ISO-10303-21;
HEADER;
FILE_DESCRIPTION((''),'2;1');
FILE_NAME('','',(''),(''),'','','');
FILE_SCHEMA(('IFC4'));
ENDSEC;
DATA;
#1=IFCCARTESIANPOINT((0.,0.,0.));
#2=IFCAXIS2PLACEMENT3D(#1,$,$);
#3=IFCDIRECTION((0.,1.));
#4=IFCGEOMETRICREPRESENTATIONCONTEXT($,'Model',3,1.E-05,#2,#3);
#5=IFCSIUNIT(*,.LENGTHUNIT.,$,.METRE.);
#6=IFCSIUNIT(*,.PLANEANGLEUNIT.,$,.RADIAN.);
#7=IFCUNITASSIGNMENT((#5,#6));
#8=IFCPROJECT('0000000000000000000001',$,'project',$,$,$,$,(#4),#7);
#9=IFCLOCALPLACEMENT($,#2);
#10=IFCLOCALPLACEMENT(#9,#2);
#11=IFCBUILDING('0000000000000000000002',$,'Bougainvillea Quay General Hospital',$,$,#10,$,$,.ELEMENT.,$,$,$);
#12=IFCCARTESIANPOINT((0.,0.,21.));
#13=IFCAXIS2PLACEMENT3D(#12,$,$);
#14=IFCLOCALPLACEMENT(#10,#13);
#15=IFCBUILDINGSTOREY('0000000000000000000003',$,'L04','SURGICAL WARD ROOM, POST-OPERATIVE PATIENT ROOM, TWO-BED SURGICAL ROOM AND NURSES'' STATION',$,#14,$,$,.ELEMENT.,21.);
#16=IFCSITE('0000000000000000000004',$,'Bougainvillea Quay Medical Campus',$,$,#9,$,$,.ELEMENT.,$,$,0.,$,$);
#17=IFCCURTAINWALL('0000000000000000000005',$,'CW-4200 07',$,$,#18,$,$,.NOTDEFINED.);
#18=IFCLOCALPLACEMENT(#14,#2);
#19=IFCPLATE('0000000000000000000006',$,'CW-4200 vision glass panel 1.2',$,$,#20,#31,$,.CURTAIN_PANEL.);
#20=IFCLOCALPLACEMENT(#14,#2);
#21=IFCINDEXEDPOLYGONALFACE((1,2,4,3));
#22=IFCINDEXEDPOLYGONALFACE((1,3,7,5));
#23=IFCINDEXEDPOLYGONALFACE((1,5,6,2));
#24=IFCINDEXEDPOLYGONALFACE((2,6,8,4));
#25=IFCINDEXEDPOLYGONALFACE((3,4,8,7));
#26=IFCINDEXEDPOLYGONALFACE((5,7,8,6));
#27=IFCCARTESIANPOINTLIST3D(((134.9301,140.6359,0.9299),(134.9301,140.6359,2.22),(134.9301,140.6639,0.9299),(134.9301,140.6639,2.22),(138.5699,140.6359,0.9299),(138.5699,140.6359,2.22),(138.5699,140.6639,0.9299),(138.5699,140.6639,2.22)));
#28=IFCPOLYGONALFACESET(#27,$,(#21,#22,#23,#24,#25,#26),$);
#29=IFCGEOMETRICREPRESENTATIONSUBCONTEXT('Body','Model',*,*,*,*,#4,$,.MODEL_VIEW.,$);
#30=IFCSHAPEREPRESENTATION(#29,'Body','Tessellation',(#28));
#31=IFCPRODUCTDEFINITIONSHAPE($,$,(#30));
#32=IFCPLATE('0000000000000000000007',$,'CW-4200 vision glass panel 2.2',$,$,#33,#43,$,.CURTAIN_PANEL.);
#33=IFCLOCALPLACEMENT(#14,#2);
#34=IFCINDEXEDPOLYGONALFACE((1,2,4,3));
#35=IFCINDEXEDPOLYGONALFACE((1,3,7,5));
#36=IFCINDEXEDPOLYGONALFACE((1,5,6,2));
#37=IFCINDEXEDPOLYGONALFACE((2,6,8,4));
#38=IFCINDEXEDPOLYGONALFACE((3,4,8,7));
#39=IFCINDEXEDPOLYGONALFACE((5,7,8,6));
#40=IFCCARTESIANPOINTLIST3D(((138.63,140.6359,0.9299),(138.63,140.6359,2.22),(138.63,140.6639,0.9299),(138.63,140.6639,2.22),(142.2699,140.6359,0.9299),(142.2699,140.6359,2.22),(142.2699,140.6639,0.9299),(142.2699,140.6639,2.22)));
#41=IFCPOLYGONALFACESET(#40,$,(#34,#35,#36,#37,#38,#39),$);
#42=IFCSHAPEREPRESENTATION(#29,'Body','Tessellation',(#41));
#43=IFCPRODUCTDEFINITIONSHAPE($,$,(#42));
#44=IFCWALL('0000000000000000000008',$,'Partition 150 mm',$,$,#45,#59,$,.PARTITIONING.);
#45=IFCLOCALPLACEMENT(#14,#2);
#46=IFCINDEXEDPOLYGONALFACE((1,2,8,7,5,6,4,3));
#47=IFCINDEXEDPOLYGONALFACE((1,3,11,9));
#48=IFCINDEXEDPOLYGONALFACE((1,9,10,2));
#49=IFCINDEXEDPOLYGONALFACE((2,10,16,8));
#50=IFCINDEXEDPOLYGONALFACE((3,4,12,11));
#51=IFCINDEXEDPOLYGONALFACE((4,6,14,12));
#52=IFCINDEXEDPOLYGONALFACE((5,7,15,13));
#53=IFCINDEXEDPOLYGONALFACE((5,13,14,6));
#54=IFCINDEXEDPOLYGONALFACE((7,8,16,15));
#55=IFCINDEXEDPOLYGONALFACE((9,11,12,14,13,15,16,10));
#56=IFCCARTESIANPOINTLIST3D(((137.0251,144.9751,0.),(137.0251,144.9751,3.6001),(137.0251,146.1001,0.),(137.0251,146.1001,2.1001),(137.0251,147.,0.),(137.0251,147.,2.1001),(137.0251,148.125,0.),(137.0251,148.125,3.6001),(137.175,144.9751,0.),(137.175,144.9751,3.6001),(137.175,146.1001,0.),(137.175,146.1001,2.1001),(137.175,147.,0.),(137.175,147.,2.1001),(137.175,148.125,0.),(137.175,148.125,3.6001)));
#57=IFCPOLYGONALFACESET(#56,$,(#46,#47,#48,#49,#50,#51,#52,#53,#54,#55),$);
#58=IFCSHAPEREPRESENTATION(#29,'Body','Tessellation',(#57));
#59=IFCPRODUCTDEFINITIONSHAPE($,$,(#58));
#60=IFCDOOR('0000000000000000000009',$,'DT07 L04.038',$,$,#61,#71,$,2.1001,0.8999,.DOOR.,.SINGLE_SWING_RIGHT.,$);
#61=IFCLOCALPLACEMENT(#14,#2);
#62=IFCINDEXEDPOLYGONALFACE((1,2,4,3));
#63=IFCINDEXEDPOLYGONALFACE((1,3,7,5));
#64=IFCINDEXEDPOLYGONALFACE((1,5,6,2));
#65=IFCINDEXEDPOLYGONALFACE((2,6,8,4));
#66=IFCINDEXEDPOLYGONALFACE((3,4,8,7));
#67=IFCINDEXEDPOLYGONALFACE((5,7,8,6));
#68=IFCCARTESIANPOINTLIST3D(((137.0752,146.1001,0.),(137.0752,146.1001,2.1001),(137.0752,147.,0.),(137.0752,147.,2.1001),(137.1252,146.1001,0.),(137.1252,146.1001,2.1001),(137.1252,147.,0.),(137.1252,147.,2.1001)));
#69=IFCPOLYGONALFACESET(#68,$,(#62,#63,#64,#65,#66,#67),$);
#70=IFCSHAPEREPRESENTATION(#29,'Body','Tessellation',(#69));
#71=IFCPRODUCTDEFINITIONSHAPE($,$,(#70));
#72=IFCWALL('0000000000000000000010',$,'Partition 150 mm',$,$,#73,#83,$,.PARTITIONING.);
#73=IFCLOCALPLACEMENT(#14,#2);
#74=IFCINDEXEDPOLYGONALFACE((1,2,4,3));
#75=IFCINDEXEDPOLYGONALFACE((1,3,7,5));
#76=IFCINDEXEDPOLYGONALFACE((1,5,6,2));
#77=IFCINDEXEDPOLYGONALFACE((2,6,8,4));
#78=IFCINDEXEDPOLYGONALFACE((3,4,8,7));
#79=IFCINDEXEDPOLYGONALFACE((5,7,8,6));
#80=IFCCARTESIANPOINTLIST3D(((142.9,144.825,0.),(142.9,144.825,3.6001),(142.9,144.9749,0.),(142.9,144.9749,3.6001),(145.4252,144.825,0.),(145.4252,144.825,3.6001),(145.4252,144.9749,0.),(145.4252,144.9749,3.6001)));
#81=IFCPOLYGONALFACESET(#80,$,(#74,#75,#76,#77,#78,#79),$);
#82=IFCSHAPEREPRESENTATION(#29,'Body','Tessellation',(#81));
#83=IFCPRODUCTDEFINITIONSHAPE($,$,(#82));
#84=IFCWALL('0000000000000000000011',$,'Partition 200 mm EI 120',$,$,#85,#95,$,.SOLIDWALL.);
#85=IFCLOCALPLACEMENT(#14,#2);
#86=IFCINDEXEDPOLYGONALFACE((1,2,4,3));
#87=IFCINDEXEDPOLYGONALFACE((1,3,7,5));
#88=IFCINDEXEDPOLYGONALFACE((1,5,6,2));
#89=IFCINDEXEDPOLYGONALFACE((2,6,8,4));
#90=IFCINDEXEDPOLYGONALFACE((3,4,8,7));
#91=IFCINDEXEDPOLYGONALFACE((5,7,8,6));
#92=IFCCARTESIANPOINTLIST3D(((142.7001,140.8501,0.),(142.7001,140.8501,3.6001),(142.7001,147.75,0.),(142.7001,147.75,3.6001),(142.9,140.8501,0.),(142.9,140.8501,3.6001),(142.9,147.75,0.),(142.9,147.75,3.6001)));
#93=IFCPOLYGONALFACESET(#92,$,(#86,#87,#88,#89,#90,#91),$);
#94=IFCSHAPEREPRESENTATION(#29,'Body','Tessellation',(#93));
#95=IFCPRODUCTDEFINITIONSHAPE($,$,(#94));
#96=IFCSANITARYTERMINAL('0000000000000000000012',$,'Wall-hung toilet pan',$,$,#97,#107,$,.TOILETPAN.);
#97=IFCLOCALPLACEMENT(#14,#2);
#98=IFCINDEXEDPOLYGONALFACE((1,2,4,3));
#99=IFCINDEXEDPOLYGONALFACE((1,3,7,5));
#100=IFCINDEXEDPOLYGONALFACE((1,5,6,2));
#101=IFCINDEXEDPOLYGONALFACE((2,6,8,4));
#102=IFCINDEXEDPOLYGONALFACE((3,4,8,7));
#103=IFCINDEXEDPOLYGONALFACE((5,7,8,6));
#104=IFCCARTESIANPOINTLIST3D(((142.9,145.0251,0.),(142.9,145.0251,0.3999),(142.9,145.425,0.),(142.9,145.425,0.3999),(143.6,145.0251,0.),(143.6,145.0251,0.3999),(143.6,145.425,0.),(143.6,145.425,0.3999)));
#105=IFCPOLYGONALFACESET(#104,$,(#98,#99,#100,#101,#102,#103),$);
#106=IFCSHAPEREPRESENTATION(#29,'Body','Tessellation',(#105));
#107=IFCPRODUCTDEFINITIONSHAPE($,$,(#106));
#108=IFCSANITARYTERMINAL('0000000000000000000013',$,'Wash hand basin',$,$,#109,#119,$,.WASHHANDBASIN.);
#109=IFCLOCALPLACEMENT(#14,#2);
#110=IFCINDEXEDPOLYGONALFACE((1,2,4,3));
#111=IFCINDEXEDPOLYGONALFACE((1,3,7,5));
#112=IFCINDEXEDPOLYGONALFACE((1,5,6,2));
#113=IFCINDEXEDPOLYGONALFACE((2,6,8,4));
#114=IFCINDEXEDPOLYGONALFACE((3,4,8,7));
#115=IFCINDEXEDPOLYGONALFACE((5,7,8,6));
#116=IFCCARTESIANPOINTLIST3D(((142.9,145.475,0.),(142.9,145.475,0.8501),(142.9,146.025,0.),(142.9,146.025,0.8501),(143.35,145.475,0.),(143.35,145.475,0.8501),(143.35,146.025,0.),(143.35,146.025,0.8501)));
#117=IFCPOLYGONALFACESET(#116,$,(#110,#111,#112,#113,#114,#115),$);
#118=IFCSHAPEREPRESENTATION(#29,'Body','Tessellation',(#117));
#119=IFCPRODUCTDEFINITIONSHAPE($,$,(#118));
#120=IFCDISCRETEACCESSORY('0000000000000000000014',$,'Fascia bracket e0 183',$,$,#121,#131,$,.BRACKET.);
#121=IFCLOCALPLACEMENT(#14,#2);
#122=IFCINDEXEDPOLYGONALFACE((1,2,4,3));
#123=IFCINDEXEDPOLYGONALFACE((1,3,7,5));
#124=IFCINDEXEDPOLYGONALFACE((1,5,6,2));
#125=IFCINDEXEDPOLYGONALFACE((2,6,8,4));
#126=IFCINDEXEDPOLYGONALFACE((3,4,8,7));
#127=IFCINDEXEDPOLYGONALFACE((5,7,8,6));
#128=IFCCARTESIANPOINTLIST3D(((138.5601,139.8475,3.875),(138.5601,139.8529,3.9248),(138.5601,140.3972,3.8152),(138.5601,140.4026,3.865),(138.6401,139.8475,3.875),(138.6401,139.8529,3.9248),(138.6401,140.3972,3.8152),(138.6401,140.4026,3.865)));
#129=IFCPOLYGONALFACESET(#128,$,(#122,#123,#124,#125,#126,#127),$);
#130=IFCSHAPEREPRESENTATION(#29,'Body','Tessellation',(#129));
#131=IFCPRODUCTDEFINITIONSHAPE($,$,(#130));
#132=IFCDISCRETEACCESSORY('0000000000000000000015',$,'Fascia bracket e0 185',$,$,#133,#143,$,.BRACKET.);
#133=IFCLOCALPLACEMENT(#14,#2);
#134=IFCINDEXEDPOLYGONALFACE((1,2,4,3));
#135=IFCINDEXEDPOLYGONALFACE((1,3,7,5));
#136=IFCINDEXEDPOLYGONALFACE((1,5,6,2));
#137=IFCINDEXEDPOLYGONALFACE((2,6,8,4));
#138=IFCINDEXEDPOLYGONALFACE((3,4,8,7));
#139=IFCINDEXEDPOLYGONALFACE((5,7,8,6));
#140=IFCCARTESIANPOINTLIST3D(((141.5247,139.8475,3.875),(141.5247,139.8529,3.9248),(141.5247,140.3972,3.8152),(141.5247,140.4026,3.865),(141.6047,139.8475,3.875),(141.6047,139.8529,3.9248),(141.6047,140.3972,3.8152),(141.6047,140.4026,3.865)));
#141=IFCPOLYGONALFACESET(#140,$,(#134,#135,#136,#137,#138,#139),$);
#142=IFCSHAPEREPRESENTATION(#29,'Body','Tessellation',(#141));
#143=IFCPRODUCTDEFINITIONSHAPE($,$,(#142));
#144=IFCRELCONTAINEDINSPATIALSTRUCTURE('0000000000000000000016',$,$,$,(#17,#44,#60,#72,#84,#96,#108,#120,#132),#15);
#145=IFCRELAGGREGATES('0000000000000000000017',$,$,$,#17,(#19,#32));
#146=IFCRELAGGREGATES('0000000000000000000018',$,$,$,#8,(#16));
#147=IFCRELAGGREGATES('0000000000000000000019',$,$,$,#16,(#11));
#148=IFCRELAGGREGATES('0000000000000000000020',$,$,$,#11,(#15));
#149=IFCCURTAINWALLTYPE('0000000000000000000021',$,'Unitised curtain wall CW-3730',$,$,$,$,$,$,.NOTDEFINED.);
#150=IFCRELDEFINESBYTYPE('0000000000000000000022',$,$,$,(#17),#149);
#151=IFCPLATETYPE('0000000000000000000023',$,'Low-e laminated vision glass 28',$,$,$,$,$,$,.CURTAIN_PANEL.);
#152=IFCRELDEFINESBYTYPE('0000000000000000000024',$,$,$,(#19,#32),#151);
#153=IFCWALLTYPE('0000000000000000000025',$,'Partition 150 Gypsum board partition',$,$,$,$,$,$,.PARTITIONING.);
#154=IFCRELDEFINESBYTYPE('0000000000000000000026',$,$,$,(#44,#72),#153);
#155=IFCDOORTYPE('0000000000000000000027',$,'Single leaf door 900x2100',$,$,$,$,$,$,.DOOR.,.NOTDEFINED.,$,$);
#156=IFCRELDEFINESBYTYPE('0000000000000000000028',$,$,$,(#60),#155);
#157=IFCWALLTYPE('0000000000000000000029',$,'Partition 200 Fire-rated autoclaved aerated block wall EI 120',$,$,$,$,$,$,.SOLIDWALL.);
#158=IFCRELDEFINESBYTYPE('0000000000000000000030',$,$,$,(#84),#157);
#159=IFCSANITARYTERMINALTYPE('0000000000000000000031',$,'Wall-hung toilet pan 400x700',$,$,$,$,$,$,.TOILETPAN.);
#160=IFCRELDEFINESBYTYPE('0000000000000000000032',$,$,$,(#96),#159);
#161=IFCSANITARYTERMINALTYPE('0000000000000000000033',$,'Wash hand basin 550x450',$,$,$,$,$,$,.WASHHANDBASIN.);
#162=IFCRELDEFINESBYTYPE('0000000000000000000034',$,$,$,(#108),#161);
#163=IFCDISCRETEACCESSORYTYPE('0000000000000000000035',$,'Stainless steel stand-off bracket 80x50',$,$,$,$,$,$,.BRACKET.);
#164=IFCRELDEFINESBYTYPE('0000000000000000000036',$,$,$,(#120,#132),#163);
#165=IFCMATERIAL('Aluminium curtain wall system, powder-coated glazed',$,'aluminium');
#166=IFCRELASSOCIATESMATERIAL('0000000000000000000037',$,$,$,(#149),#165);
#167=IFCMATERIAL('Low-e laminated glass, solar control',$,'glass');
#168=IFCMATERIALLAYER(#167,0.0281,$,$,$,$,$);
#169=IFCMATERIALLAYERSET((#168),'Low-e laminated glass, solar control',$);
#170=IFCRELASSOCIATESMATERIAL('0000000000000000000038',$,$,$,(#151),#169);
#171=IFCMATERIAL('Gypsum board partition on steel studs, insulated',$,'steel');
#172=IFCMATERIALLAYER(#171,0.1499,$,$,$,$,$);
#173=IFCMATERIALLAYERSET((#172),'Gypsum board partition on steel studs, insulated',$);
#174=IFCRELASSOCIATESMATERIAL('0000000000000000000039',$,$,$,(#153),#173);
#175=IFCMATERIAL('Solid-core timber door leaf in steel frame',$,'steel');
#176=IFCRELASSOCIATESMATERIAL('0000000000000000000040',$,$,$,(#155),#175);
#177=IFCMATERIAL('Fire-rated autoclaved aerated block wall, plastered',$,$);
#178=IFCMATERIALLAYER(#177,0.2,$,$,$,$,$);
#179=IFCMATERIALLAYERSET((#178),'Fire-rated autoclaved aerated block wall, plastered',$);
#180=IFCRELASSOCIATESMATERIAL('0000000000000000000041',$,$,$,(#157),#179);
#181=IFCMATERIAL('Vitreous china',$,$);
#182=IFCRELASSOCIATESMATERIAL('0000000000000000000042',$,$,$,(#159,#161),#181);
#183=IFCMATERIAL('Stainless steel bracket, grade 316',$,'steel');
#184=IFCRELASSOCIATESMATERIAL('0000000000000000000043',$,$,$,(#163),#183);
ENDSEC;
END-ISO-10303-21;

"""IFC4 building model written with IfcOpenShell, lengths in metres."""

from ifc_helpers import new_model, si_unit, direction, frame, frame_2d, origin, origin_2d, place, context, subcontext, project, spatial, rectangle, extrude, material, layer, layer_set, material_profile, profile_set, type_object, element, fill, aggregate, save


model = new_model("IFC4")

# Units and contexts
model_context = context("Model", 3, precision=1e-05, world=origin(), true_north=direction((0.0, 1.0)))
body_context = subcontext(model_context, "Body", "Model", "MODEL_VIEW")
ifc_project = project(units=[si_unit("LENGTHUNIT", "METRE"), si_unit("PLANEANGLEUNIT", "RADIAN")], contexts=[model_context])

# Site, building, storey
site_placement = place(None, origin())
site = spatial("IfcSite", under=ifc_project, at=site_placement, Name="Bougainvillea Quay Medical Campus", CompositionType="ELEMENT", RefElevation=0.0)
building_placement = place(site_placement, origin())
building = spatial("IfcBuilding", under=site, at=building_placement, Name="Bougainvillea Quay General Hospital", CompositionType="ELEMENT")
storey_placement = place(building_placement, frame((0.0, 0.0, 21.0)))
storey = spatial("IfcBuildingStorey", under=building, at=storey_placement, Name="L04", Description="SURGICAL WARD ROOM, POST-OPERATIVE PATIENT ROOM, TWO-BED SURGICAL ROOM AND NURSES' STATION", CompositionType="ELEMENT", Elevation=21.0)

# Curtain wall
ifc_material_1 = material(Name="Aluminium curtain wall system, powder-coated glazed", Category="aluminium")
curtain_wall_type = type_object("IfcCurtainWallType", Name="Unitised curtain wall CW-3730", PredefinedType="NOTDEFINED", material=ifc_material_1)
curtain_wall_1_placement = place(storey_placement, origin())
curtain_wall_1 = element("IfcCurtainWall", 1, at=curtain_wall_1_placement, inside=storey, type_object=curtain_wall_type, Name="CW-4200 07", PredefinedType="NOTDEFINED")

# Plates
ifc_material_2 = material(Name="Low-e laminated glass, solar control", Category="glass")
ifc_layer_1 = layer(ifc_material_2, 0.0281)
ifc_layer_set_1 = layer_set([ifc_layer_1], Name="Low-e laminated glass, solar control")
plate_type_1 = type_object("IfcPlateType", Name="Low-e laminated vision glass 28", PredefinedType="CURTAIN_PANEL", material=ifc_layer_set_1)
plate_1_placement = place(storey_placement, frame((136.75, 140.6499, 0.9299), z_axis=(0.0, 0.0, 1.0), x_axis=(1.0, 0.0, 0.0)))
plate_1 = element("IfcPlate", 2, at=plate_1_placement, type_object=plate_type_1, Name="CW-4200 vision glass panel 1.2", PredefinedType="CURTAIN_PANEL", context=body_context, shape_type="SweptSolid", body=[
    extrude(rectangle(XDim=3.6399, YDim=0.0281, at=origin_2d()), origin(), (0.0, 0.0, 1.0), 1.29),
])
plate_2_placement = place(storey_placement, frame((140.45, 140.6499, 0.9299), z_axis=(0.0, 0.0, 1.0), x_axis=(1.0, 0.0, 0.0)))
plate_2 = element("IfcPlate", 3, at=plate_2_placement, type_object=plate_type_1, Name="CW-4200 vision glass panel 2.2", PredefinedType="CURTAIN_PANEL", context=body_context, shape_type="SweptSolid", body=[
    extrude(rectangle(XDim=3.6399, YDim=0.0281, at=origin_2d()), origin(), (0.0, 0.0, 1.0), 1.29),
])
aggregate(curtain_wall_1, [plate_1, plate_2])

# Wall, opening, door
ifc_material_3 = material(Name="Gypsum board partition on steel studs, insulated", Category="steel")
ifc_layer_2 = layer(ifc_material_3, 0.1499)
ifc_layer_set_2 = layer_set([ifc_layer_2], Name="Gypsum board partition on steel studs, insulated")
wall_type_1 = type_object("IfcWallType", Name="Partition 150 Gypsum board partition", PredefinedType="PARTITIONING", material=ifc_layer_set_2)
wall_1_placement = place(storey_placement, frame((137.1001, 144.9751, 0.0), z_axis=(0.0, 0.0, 1.0), x_axis=(0.0, 1.0, 0.0)))
wall_1 = element("IfcWall", 4, at=wall_1_placement, inside=storey, type_object=wall_type_1, Name="Partition 150 mm", PredefinedType="PARTITIONING", context=body_context, shape_type="SweptSolid", body=[
    extrude(rectangle(XDim=3.1499, YDim=0.1499, at=frame_2d((1.575, 0.0))), origin(), (0.0, 0.0, 1.0), 3.6001),
])
opening_placement = place(wall_1_placement, frame((1.125, 0.0, 0.0)))
opening = element("IfcOpeningElement", 5, at=opening_placement, cuts=wall_1, PredefinedType="OPENING", context=body_context, shape_type="SweptSolid", body=[
    extrude(rectangle(XDim=0.8999, YDim=2.1001, at=frame_2d((0.45, 1.05))), frame((0.0, 0.085, 0.0), z_axis=(0.0, -1.0, 0.0), x_axis=(1.0, 0.0, 0.0)), (0.0, 0.0, 1.0), 0.1699),
])
ifc_material_4 = material(Name="Solid-core timber door leaf in steel frame", Category="steel")
door_type = type_object("IfcDoorType", Name="Single leaf door 900x2100", OperationType="NOTDEFINED", PredefinedType="DOOR", material=ifc_material_4)
door_placement = place(opening_placement, origin())
door = element("IfcDoor", 6, at=door_placement, inside=storey, type_object=door_type, Name="DT07 L04.038", OperationType="SINGLE_SWING_RIGHT", OverallHeight=2.1001, OverallWidth=0.8999, PredefinedType="DOOR", context=body_context, shape_type="SweptSolid", body=[
    extrude(rectangle(XDim=0.8999, YDim=2.1001, at=frame_2d((0.45, 1.05))), frame((0.0, 0.0249, 0.0), z_axis=(0.0, -1.0, 0.0), x_axis=(1.0, 0.0, 0.0)), (0.0, 0.0, 1.0), 0.05),
])
fill(opening, door)

# Walls
wall_2_placement = place(storey_placement, frame((142.8999, 144.8999, 0.0), z_axis=(0.0, 0.0, 1.0), x_axis=(1.0, 0.0, 0.0)))
element("IfcWall", 7, at=wall_2_placement, inside=storey, type_object=wall_type_1, Name="Partition 150 mm", PredefinedType="PARTITIONING", context=body_context, shape_type="SweptSolid", body=[
    extrude(rectangle(XDim=2.5251, YDim=0.1499, at=frame_2d((1.2627, 0.0))), origin(), (0.0, 0.0, 1.0), 3.6001),
])
ifc_material_5 = material(Name="Fire-rated autoclaved aerated block wall, plastered")
ifc_layer_3 = layer(ifc_material_5, 0.2)
ifc_layer_set_3 = layer_set([ifc_layer_3], Name="Fire-rated autoclaved aerated block wall, plastered")
wall_type_2 = type_object("IfcWallType", Name="Partition 200 Fire-rated autoclaved aerated block wall EI 120", PredefinedType="SOLIDWALL", material=ifc_layer_set_3)
wall_3_placement = place(storey_placement, frame((142.8, 147.75, 0.0), z_axis=(0.0, 0.0, 1.0), x_axis=(0.0, -1.0, 0.0)))
element("IfcWall", 8, at=wall_3_placement, inside=storey, type_object=wall_type_2, Name="Partition 200 mm EI 120", PredefinedType="SOLIDWALL", context=body_context, shape_type="SweptSolid", body=[
    extrude(rectangle(XDim=6.8999, YDim=0.2, at=frame_2d((3.45, 0.0))), origin(), (0.0, 0.0, 1.0), 3.6001),
])

# Sanitary terminals
ifc_material_6 = material(Name="Vitreous china")
sanitary_terminal_type_1 = type_object("IfcSanitaryTerminalType", Name="Wall-hung toilet pan 400x700", PredefinedType="TOILETPAN", material=ifc_material_6)
sanitary_terminal_1_placement = place(storey_placement, frame((143.25, 145.2251, 0.0), z_axis=(0.0, 0.0, 1.0), x_axis=(0.0, 1.0, 0.0)))
element("IfcSanitaryTerminal", 9, at=sanitary_terminal_1_placement, inside=storey, type_object=sanitary_terminal_type_1, Name="Wall-hung toilet pan", PredefinedType="TOILETPAN", context=body_context, shape_type="SweptSolid", body=[
    extrude(rectangle(XDim=0.3999, YDim=0.7, at=origin_2d()), origin(), (0.0, 0.0, 1.0), 0.3999),
])
sanitary_terminal_type_2 = type_object("IfcSanitaryTerminalType", Name="Wash hand basin 550x450", PredefinedType="WASHHANDBASIN", material=ifc_material_6)
sanitary_terminal_2_placement = place(storey_placement, frame((143.125, 145.75, 0.0), z_axis=(0.0, 0.0, 1.0), x_axis=(0.0, 1.0, 0.0)))
element("IfcSanitaryTerminal", 10, at=sanitary_terminal_2_placement, inside=storey, type_object=sanitary_terminal_type_2, Name="Wash hand basin", PredefinedType="WASHHANDBASIN", context=body_context, shape_type="SweptSolid", body=[
    extrude(rectangle(XDim=0.55, YDim=0.45, at=origin_2d()), origin(), (0.0, 0.0, 1.0), 0.8501),
])

# Discrete accessories
ifc_material_7 = material(Name="Stainless steel bracket, grade 316", Category="steel")
ifc_material_profile_1 = material_profile(ifc_material_7, rectangle(XDim=0.0801, YDim=0.05, at=origin_2d()))
ifc_profile_set_1 = profile_set([ifc_material_profile_1], Name="Stainless steel bracket, grade 316")
discrete_accessory_type = type_object("IfcDiscreteAccessoryType", Name="Stainless steel stand-off bracket 80x50", PredefinedType="BRACKET", material=ifc_profile_set_1)
for number, where, z_axis, x_axis, name in (
    (11, (138.6001, 140.3999, 3.8401), (0.0, -0.994134, 0.108154), (1.0, 0.0, 0.0), "Fascia bracket e0 183"),
    (12, (141.5647, 140.3999, 3.8401), (0.0, -0.994134, 0.108154), (1.0, 0.0, 0.0), "Fascia bracket e0 185"),
):
    element("IfcDiscreteAccessory", number, at=place(storey_placement, frame(where, z_axis=z_axis, x_axis=x_axis)), inside=storey, type_object=discrete_accessory_type, Name=name, PredefinedType="BRACKET", context=body_context, shape_type="SweptSolid", body=[
        extrude(rectangle(XDim=0.0801, YDim=0.05, at=origin_2d()), origin(), (0.0, 0.0, 1.0), 0.553),
    ])

save(model, "model.ifc")
